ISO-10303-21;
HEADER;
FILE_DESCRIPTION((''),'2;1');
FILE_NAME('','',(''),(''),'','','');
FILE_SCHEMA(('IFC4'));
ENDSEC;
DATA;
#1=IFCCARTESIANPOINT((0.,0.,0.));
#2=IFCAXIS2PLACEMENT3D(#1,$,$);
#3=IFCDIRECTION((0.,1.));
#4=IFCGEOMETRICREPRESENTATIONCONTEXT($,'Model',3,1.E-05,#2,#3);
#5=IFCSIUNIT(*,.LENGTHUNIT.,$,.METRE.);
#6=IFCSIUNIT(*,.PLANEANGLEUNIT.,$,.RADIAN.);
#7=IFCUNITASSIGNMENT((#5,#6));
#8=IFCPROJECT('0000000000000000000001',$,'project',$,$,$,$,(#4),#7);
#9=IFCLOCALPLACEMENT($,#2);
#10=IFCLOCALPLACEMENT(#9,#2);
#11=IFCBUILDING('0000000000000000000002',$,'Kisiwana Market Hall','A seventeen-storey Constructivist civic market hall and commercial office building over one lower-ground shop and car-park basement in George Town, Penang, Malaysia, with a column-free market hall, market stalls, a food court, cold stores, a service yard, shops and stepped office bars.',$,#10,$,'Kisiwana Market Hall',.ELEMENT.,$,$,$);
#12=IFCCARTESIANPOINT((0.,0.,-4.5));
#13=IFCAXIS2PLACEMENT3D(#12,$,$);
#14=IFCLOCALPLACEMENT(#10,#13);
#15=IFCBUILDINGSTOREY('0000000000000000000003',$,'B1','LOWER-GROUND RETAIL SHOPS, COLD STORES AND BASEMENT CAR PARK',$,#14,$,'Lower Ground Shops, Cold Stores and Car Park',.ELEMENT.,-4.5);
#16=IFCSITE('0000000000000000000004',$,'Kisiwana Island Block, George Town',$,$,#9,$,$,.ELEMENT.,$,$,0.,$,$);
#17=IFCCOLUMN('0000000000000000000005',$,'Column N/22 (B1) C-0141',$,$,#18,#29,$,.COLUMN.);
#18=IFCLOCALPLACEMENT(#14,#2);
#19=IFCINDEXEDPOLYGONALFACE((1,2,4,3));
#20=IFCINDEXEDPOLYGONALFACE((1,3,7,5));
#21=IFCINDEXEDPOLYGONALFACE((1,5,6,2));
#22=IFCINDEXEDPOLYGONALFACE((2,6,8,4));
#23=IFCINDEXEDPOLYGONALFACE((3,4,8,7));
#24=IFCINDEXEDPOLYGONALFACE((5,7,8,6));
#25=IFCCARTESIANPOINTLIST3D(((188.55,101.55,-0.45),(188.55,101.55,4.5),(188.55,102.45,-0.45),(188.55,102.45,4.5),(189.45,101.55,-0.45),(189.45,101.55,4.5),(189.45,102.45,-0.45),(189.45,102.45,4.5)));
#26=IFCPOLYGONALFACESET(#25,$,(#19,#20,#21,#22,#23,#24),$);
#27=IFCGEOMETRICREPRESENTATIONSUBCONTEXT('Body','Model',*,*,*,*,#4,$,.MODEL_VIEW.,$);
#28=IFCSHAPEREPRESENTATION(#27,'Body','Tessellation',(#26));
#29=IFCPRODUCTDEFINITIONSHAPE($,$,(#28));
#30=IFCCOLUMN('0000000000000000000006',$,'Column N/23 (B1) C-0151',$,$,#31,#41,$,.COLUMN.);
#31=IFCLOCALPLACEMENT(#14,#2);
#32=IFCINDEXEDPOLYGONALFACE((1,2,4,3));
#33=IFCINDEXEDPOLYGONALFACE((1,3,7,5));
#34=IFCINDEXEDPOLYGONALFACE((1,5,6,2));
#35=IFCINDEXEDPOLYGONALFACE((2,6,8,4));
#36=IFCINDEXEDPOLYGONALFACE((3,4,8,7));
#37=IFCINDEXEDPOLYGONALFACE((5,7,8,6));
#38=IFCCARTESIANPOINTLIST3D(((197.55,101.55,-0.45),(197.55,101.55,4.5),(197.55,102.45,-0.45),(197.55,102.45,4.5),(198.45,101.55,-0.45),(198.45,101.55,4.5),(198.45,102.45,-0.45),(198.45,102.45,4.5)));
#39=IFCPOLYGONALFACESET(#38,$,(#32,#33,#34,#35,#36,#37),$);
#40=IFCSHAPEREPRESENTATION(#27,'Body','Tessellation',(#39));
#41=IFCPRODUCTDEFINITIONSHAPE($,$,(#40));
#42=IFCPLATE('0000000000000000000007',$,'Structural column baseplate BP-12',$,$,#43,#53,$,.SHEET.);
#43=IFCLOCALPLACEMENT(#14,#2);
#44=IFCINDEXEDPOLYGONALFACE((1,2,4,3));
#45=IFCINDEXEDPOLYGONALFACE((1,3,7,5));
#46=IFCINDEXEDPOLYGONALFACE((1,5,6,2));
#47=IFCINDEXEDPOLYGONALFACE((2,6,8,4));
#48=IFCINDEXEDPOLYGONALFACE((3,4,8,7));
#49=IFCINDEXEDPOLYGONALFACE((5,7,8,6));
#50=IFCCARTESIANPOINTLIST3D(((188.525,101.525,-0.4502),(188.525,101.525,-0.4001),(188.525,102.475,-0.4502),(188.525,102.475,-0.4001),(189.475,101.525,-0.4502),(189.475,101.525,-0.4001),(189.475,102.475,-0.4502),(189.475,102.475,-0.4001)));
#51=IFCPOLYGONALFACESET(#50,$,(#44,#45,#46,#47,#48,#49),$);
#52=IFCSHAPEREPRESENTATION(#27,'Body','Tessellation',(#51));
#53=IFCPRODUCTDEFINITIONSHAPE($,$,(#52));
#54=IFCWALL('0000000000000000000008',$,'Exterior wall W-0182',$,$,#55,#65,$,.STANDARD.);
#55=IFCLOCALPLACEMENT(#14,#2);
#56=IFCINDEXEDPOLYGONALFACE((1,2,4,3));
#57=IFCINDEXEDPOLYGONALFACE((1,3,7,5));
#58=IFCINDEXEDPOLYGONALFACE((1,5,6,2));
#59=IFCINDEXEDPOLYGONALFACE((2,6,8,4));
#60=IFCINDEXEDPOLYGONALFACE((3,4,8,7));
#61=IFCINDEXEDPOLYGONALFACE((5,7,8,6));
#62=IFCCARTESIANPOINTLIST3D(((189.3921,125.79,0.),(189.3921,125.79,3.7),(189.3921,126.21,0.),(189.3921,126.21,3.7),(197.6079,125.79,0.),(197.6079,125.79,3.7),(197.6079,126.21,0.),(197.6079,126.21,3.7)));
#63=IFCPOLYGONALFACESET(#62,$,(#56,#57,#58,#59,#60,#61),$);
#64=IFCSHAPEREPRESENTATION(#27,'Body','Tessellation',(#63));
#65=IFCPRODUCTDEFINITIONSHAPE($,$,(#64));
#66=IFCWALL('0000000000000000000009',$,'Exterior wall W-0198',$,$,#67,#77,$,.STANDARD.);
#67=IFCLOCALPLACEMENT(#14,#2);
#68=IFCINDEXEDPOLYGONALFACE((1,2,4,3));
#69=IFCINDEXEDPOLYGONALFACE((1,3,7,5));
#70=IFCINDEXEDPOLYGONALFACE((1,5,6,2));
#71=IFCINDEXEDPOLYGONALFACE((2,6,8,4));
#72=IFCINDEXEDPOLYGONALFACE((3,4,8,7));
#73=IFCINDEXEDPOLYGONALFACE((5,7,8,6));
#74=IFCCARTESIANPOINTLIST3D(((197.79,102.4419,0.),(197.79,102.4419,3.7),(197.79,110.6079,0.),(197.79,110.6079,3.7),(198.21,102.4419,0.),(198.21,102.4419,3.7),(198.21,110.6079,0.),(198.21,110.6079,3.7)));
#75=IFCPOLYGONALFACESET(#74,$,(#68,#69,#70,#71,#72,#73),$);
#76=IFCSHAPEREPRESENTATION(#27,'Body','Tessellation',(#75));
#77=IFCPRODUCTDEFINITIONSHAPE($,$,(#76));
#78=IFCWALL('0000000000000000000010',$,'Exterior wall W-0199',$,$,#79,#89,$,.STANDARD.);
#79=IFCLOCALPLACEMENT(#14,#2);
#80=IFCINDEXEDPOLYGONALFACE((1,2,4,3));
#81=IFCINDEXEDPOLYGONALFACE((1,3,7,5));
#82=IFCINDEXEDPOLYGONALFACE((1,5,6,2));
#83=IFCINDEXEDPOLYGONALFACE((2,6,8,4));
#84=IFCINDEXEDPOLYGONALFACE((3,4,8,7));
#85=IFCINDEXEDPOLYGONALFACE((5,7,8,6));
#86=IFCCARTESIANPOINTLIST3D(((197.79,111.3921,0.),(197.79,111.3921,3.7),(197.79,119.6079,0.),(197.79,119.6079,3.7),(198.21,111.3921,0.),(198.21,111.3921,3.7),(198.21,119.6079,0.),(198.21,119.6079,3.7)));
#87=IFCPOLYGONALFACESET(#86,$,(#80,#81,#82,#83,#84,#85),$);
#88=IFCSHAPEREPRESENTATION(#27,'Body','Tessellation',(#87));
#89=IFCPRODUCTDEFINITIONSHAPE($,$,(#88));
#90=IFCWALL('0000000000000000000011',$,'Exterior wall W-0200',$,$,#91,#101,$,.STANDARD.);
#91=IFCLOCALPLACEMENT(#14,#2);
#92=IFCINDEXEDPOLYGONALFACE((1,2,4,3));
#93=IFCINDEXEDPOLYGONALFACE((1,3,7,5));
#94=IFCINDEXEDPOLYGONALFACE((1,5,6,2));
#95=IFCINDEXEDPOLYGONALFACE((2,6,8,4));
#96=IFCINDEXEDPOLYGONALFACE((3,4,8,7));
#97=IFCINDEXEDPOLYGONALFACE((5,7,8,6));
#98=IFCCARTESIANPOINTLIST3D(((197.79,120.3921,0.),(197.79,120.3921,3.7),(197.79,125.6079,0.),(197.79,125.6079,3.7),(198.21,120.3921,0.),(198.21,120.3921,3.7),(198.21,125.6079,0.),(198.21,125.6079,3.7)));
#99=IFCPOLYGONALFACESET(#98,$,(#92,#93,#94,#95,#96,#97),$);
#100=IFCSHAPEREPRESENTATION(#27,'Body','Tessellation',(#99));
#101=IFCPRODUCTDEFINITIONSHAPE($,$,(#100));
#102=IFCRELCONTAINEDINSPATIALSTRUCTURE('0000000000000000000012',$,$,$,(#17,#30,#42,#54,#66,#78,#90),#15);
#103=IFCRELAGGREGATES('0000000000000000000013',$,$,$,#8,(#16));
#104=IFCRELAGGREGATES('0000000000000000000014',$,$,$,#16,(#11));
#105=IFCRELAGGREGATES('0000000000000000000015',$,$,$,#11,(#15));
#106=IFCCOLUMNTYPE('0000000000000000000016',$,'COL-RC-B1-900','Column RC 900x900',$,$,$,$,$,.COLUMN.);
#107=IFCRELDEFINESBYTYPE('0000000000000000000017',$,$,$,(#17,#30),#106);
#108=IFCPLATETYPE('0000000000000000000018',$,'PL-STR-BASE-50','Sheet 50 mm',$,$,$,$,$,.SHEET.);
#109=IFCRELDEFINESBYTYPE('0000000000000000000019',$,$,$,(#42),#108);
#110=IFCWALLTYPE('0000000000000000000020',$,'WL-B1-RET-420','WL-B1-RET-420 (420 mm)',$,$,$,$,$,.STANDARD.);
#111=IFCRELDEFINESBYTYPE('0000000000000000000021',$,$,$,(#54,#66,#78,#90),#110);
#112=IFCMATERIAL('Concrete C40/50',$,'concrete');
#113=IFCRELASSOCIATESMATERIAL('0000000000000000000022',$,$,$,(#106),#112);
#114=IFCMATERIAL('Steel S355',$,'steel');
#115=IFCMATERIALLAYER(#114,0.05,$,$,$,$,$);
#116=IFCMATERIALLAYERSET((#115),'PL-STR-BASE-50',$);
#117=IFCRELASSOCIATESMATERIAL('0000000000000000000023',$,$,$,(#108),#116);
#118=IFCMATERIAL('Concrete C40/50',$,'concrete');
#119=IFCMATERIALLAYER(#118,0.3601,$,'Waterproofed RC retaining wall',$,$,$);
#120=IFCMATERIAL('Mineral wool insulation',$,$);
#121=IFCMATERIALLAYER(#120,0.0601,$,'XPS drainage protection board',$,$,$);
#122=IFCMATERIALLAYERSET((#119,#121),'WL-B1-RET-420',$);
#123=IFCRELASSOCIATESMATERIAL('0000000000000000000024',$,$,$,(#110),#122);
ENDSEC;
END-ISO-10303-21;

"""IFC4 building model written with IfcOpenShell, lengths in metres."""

from ifc_helpers import new_model, si_unit, direction, frame, frame_2d, origin, origin_2d, place, context, subcontext, project, spatial, rectangle, extrude, material, layer, layer_set, material_profile, profile_set, type_object, element, save


model = new_model("IFC4")

# Units and contexts
model_context = context("Model", 3, precision=1e-05, world=origin(), true_north=direction((0.0, 1.0)))
body_context = subcontext(model_context, "Body", "Model", "MODEL_VIEW")
ifc_project = project(units=[si_unit("LENGTHUNIT", "METRE"), si_unit("PLANEANGLEUNIT", "RADIAN")], contexts=[model_context])

# Site, building, storey
site_placement = place(None, origin())
site = spatial("IfcSite", under=ifc_project, at=site_placement, Name="Kisiwana Island Block, George Town", CompositionType="ELEMENT", RefElevation=0.0)
building_placement = place(site_placement, origin())
building = spatial("IfcBuilding", under=site, at=building_placement, Name="Kisiwana Market Hall", Description="A seventeen-storey Constructivist civic market hall and commercial office building over one lower-ground shop and car-park basement in George Town, Penang, Malaysia, with a column-free market hall, market stalls, a food court, cold stores, a service yard, shops and stepped office bars.", LongName="Kisiwana Market Hall", CompositionType="ELEMENT")
storey_placement = place(building_placement, frame((0.0, 0.0, -4.5)))
storey = spatial("IfcBuildingStorey", under=building, at=storey_placement, Name="B1", Description="LOWER-GROUND RETAIL SHOPS, COLD STORES AND BASEMENT CAR PARK", LongName="Lower Ground Shops, Cold Stores and Car Park", CompositionType="ELEMENT", Elevation=-4.5)

# Columns
ifc_material_1 = material(Name="Concrete C40/50", Category="concrete")
ifc_material_profile_1 = material_profile(ifc_material_1, rectangle(XDim=0.8999, YDim=0.8999, at=origin_2d()), Name="RC 900x900")
ifc_profile_set_1 = profile_set([ifc_material_profile_1], Name="Concrete C40/50")
column_type_1 = type_object("IfcColumnType", Name="COL-RC-B1-900", Description="Column RC 900x900", PredefinedType="COLUMN", material=ifc_profile_set_1)
for number, where, z_axis, x_axis, name in (
    (1, (189.0, 102.0, -0.45), (0.0, 0.0, 1.0), (1.0, 0.0, 0.0), "Column N/22 (B1) C-0141"),
    (2, (198.0, 102.0, -0.45), (0.0, 0.0, 1.0), (1.0, 0.0, 0.0), "Column N/23 (B1) C-0151"),
):
    element("IfcColumn", number, at=place(storey_placement, frame(where, z_axis=z_axis, x_axis=x_axis)), inside=storey, type_object=column_type_1, Name=name, PredefinedType="COLUMN", context=body_context, shape_type="SweptSolid", body=[
        extrude(rectangle(XDim=0.8999, YDim=0.8999, at=origin_2d()), origin(), (0.0, 0.0, 1.0), 4.95),
    ])

# Plate
ifc_material_2 = material(Name="Steel S355", Category="steel")
ifc_layer_1 = layer(ifc_material_2, 0.05)
ifc_layer_set_1 = layer_set([ifc_layer_1], Name="PL-STR-BASE-50")
plate_type = type_object("IfcPlateType", Name="PL-STR-BASE-50", Description="Sheet 50 mm", PredefinedType="SHEET", material=ifc_layer_set_1)
plate_placement = place(storey_placement, frame((189.0, 102.0, -0.4502), z_axis=(0.0, 0.0, 1.0), x_axis=(1.0, 0.0, 0.0)))
element("IfcPlate", 3, at=plate_placement, inside=storey, type_object=plate_type, Name="Structural column baseplate BP-12", PredefinedType="SHEET", context=body_context, shape_type="SweptSolid", body=[
    extrude(rectangle(XDim=0.95, YDim=0.95, at=origin_2d()), origin(), (0.0, 0.0, 1.0), 0.05),
])

# Walls
ifc_material_3 = material(Name="Concrete C40/50", Category="concrete")
ifc_layer_2 = layer(ifc_material_3, 0.3601, Name="Waterproofed RC retaining wall")
ifc_material_4 = material(Name="Mineral wool insulation")
ifc_layer_3 = layer(ifc_material_4, 0.0601, Name="XPS drainage protection board")
ifc_layer_set_2 = layer_set([ifc_layer_2, ifc_layer_3], Name="WL-B1-RET-420")
wall_type = type_object("IfcWallType", Name="WL-B1-RET-420", Description="WL-B1-RET-420 (420 mm)", PredefinedType="STANDARD", material=ifc_layer_set_2)
wall_1_placement = place(storey_placement, frame((189.3921, 126.0, 0.0), z_axis=(0.0, 0.0, 1.0), x_axis=(1.0, 0.0, 0.0)))
element("IfcWall", 4, at=wall_1_placement, inside=storey, type_object=wall_type, Name="Exterior wall W-0182", PredefinedType="STANDARD", context=body_context, shape_type="SweptSolid", body=[
    extrude(rectangle(XDim=8.2158, YDim=0.4199, at=frame_2d((4.1079, 0.0))), origin(), (0.0, 0.0, 1.0), 3.7),
])
wall_2_placement = place(storey_placement, frame((198.0, 102.4419, 0.0), z_axis=(0.0, 0.0, 1.0), x_axis=(0.0, 1.0, 0.0)))
element("IfcWall", 5, at=wall_2_placement, inside=storey, type_object=wall_type, Name="Exterior wall W-0198", PredefinedType="STANDARD", context=body_context, shape_type="SweptSolid", body=[
    extrude(rectangle(XDim=8.166, YDim=0.4199, at=frame_2d((4.083, 0.0))), origin(), (0.0, 0.0, 1.0), 3.7),
])
wall_3_placement = place(storey_placement, frame((198.0, 111.3921, 0.0), z_axis=(0.0, 0.0, 1.0), x_axis=(0.0, 1.0, 0.0)))
element("IfcWall", 6, at=wall_3_placement, inside=storey, type_object=wall_type, Name="Exterior wall W-0199", PredefinedType="STANDARD", context=body_context, shape_type="SweptSolid", body=[
    extrude(rectangle(XDim=8.2158, YDim=0.4199, at=frame_2d((4.1079, 0.0))), origin(), (0.0, 0.0, 1.0), 3.7),
])
wall_4_placement = place(storey_placement, frame((198.0, 120.3921, 0.0), z_axis=(0.0, 0.0, 1.0), x_axis=(0.0, 1.0, 0.0)))
element("IfcWall", 7, at=wall_4_placement, inside=storey, type_object=wall_type, Name="Exterior wall W-0200", PredefinedType="STANDARD", context=body_context, shape_type="SweptSolid", body=[
    extrude(rectangle(XDim=5.2158, YDim=0.4199, at=frame_2d((2.6079, 0.0))), origin(), (0.0, 0.0, 1.0), 3.7),
])

save(model, "model.ifc")
